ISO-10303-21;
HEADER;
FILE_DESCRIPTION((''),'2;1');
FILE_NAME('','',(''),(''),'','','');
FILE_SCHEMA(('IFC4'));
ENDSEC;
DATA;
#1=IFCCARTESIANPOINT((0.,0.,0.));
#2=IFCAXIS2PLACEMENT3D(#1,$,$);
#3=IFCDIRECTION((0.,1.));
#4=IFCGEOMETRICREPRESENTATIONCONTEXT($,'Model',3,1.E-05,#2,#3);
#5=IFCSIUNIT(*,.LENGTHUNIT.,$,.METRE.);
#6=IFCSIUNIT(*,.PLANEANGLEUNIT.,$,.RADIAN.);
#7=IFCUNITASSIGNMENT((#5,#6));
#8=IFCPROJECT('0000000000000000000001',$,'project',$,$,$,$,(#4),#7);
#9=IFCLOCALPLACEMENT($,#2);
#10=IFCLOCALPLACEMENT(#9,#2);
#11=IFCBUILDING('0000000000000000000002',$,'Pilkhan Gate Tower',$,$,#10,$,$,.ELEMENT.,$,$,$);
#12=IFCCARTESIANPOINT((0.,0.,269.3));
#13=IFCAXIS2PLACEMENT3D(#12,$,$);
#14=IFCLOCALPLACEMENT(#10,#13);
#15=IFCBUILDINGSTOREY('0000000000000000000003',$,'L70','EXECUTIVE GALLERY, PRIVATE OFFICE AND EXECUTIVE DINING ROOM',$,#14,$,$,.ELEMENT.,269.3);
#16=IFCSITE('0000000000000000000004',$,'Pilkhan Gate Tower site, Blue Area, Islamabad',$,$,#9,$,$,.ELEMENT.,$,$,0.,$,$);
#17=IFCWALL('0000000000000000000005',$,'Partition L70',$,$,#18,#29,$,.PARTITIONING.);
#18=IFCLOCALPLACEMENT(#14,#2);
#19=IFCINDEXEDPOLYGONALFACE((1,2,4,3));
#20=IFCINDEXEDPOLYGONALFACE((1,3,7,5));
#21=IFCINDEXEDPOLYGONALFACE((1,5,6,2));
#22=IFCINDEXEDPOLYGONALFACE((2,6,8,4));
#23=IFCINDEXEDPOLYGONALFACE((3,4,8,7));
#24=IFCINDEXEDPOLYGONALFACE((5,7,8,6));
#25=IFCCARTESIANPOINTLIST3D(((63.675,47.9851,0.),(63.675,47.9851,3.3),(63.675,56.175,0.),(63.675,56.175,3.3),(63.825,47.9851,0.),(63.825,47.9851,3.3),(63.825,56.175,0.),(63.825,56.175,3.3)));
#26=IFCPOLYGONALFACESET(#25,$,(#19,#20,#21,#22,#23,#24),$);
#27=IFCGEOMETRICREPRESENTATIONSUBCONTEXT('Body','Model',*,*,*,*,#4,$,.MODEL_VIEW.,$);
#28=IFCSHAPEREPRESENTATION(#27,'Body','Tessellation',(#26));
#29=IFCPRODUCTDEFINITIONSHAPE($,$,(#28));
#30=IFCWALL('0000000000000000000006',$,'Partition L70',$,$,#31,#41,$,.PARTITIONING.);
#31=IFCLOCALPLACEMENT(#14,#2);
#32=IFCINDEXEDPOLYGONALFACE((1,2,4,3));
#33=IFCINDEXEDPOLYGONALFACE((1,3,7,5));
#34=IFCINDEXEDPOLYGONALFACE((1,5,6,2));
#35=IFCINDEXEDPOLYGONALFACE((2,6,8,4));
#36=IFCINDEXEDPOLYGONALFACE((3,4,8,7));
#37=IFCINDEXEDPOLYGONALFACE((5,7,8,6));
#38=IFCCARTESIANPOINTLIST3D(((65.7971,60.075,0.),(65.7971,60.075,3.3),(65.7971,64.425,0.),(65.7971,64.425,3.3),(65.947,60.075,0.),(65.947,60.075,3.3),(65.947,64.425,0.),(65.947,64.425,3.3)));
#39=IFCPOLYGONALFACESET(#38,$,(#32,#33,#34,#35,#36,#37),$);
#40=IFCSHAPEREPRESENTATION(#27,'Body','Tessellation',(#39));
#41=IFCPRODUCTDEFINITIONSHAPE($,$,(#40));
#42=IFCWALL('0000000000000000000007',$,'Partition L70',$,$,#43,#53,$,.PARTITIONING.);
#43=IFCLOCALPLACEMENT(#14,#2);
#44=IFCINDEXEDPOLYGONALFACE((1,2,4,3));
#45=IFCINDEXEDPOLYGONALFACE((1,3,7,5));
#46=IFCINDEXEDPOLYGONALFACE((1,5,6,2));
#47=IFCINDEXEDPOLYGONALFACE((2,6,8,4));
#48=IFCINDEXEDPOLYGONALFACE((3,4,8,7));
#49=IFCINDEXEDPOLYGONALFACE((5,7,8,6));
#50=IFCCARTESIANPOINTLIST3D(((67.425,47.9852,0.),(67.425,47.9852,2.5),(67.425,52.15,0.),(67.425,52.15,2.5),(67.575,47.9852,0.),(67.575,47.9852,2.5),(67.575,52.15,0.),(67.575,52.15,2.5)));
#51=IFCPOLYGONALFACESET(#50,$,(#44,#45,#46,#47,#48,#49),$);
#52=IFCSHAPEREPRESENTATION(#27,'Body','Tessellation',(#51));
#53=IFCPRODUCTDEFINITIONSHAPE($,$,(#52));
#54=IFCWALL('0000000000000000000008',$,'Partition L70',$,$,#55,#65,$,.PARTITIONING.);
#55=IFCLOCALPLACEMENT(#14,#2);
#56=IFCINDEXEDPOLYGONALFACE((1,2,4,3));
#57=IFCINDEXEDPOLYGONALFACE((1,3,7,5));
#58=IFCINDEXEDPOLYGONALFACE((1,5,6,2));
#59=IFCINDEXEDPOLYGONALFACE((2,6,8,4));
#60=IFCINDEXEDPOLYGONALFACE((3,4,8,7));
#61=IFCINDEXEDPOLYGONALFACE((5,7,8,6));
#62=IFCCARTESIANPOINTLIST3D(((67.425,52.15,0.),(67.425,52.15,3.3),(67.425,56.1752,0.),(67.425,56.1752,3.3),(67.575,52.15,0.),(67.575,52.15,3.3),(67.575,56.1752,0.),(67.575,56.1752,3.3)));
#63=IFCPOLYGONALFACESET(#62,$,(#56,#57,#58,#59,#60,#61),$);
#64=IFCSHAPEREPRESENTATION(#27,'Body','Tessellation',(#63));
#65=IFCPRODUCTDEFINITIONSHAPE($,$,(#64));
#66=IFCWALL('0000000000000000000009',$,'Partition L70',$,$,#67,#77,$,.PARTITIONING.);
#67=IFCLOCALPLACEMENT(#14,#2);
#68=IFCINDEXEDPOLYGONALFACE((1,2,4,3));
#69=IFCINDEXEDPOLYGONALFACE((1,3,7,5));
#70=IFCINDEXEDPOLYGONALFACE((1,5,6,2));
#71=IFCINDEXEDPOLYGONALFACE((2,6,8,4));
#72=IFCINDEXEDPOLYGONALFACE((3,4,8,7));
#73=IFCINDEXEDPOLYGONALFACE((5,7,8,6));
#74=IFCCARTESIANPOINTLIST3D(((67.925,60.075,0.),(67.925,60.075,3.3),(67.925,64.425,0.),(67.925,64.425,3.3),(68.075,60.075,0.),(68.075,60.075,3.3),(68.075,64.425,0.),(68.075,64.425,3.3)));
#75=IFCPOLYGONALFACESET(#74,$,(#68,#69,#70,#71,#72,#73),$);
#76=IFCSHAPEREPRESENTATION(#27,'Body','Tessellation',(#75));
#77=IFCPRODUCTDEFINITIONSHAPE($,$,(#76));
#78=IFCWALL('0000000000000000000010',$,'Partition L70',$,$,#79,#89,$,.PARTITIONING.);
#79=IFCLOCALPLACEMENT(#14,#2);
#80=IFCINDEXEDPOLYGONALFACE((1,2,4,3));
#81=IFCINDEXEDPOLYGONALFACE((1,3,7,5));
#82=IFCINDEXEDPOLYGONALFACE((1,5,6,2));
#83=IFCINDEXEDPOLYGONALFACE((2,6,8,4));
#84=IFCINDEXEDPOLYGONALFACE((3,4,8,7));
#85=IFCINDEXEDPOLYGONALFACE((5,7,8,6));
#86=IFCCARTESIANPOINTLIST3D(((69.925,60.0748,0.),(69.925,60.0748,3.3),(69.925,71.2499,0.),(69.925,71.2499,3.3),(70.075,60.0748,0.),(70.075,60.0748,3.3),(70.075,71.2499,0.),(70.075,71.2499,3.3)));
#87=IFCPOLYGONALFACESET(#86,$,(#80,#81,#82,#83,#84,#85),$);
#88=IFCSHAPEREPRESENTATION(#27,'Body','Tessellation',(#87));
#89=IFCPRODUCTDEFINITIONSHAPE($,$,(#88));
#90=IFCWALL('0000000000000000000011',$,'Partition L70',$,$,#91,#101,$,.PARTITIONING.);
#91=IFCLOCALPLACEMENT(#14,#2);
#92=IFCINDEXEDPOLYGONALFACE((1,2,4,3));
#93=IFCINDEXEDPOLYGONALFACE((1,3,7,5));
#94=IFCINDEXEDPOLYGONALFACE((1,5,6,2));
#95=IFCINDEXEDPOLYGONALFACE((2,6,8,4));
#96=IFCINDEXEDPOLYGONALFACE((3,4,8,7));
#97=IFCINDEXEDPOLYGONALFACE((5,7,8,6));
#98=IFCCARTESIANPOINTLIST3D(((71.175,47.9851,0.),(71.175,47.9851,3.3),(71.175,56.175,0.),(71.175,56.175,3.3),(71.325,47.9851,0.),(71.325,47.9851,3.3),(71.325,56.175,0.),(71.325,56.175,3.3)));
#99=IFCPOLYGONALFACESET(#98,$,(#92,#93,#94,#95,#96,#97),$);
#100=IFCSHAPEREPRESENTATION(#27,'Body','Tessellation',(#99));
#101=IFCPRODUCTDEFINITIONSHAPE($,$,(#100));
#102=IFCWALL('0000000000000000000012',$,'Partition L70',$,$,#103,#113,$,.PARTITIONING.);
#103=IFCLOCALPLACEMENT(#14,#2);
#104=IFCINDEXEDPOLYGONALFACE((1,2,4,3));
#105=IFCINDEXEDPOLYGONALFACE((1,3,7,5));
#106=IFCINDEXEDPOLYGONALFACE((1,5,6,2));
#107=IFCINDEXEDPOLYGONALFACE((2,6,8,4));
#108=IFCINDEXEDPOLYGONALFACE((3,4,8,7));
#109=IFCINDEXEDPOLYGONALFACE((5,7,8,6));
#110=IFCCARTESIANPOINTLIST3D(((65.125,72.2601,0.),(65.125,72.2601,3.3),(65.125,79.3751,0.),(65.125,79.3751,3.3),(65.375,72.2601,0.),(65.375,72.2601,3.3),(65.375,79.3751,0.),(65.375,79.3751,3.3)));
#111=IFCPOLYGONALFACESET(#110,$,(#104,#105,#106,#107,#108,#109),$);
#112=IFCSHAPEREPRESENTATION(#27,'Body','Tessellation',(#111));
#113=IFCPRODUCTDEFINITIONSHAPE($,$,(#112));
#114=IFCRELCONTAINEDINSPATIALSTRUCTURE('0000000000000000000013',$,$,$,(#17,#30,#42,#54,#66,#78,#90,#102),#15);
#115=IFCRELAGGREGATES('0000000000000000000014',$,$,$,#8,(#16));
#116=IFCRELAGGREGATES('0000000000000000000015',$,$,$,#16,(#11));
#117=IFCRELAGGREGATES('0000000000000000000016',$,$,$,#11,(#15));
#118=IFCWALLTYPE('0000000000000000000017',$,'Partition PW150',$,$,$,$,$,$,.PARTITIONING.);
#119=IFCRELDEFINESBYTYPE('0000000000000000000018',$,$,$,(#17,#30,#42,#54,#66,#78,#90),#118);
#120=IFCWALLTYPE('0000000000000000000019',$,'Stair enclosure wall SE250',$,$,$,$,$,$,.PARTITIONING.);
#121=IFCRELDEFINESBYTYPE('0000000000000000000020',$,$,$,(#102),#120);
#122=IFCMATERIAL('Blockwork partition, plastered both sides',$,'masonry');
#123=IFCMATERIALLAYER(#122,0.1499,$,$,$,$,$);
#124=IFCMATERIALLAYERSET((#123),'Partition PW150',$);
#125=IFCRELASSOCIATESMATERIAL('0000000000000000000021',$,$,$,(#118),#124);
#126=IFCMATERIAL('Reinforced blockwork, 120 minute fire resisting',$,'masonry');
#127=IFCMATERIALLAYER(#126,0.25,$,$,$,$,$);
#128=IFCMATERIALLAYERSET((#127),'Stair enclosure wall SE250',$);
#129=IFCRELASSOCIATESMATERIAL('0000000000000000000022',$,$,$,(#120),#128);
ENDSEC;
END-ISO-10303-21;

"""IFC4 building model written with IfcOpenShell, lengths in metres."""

from ifc_helpers import new_model, si_unit, direction, frame, frame_2d, origin, place, context, subcontext, project, spatial, rectangle, extrude, material, layer, layer_set, type_object, element, save


model = new_model("IFC4")

# Units and contexts
model_context = context("Model", 3, precision=1e-05, world=origin(), true_north=direction((0.0, 1.0)))
body_context = subcontext(model_context, "Body", "Model", "MODEL_VIEW")
ifc_project = project(units=[si_unit("LENGTHUNIT", "METRE"), si_unit("PLANEANGLEUNIT", "RADIAN")], contexts=[model_context])

# Site, building, storey
site_placement = place(None, origin())
site = spatial("IfcSite", under=ifc_project, at=site_placement, Name="Pilkhan Gate Tower site, Blue Area, Islamabad", CompositionType="ELEMENT", RefElevation=0.0)
building_placement = place(site_placement, origin())
building = spatial("IfcBuilding", under=site, at=building_placement, Name="Pilkhan Gate Tower", CompositionType="ELEMENT")
storey_placement = place(building_placement, frame((0.0, 0.0, 269.3)))
storey = spatial("IfcBuildingStorey", under=building, at=storey_placement, Name="L70", Description="EXECUTIVE GALLERY, PRIVATE OFFICE AND EXECUTIVE DINING ROOM", CompositionType="ELEMENT", Elevation=269.3)

# Shared definitions
ifc_material_1 = material(Name="Blockwork partition, plastered both sides", Category="masonry")
ifc_layer_1 = layer(ifc_material_1, 0.1499)
ifc_layer_set_1 = layer_set([ifc_layer_1], Name="Partition PW150")
wall_type_1 = type_object("IfcWallType", Name="Partition PW150", PredefinedType="PARTITIONING", material=ifc_layer_set_1)

# Walls
wall_1_placement = place(storey_placement, frame((63.75, 47.9851, 0.0), z_axis=(0.0, 0.0, 1.0), x_axis=(0.0, 1.0, 0.0)))
element("IfcWall", 1, at=wall_1_placement, inside=storey, type_object=wall_type_1, Name="Partition L70", PredefinedType="PARTITIONING", context=body_context, shape_type="SweptSolid", body=[
    extrude(rectangle(XDim=8.1899, YDim=0.1499, at=frame_2d((4.095, 0.0))), origin(), (0.0, 0.0, 1.0), 3.3),
])
wall_2_placement = place(storey_placement, frame((65.8721, 60.075, 0.0), z_axis=(0.0, 0.0, 1.0), x_axis=(0.0, 1.0, 0.0)))
element("IfcWall", 2, at=wall_2_placement, inside=storey, type_object=wall_type_1, Name="Partition L70", PredefinedType="PARTITIONING", context=body_context, shape_type="SweptSolid", body=[
    extrude(rectangle(XDim=4.3501, YDim=0.1499, at=frame_2d((2.175, 0.0))), origin(), (0.0, 0.0, 1.0), 3.3),
])
wall_3_placement = place(storey_placement, frame((67.5, 47.9851, 0.0), z_axis=(0.0, 0.0, 1.0), x_axis=(0.0, 1.0, 0.0)))
element("IfcWall", 3, at=wall_3_placement, inside=storey, type_object=wall_type_1, Name="Partition L70", PredefinedType="PARTITIONING", context=body_context, shape_type="SweptSolid", body=[
    extrude(rectangle(XDim=4.1648, YDim=0.1499, at=frame_2d((2.0825, 0.0))), origin(), (0.0, 0.0, 1.0), 2.5),
])
wall_4_placement = place(storey_placement, frame((67.5, 52.1499, 0.0), z_axis=(0.0, 0.0, 1.0), x_axis=(0.0, 1.0, 0.0)))
element("IfcWall", 4, at=wall_4_placement, inside=storey, type_object=wall_type_1, Name="Partition L70", PredefinedType="PARTITIONING", context=body_context, shape_type="SweptSolid", body=[
    extrude(rectangle(XDim=4.0251, YDim=0.1499, at=frame_2d((2.0127, 0.0))), origin(), (0.0, 0.0, 1.0), 3.3),
])
wall_5_placement = place(storey_placement, frame((68.0, 60.075, 0.0), z_axis=(0.0, 0.0, 1.0), x_axis=(0.0, 1.0, 0.0)))
element("IfcWall", 5, at=wall_5_placement, inside=storey, type_object=wall_type_1, Name="Partition L70", PredefinedType="PARTITIONING", context=body_context, shape_type="SweptSolid", body=[
    extrude(rectangle(XDim=4.3501, YDim=0.1499, at=frame_2d((2.175, 0.0))), origin(), (0.0, 0.0, 1.0), 3.3),
])
wall_6_placement = place(storey_placement, frame((70.0, 60.075, 0.0), z_axis=(0.0, 0.0, 1.0), x_axis=(0.0, 1.0, 0.0)))
element("IfcWall", 6, at=wall_6_placement, inside=storey, type_object=wall_type_1, Name="Partition L70", PredefinedType="PARTITIONING", context=body_context, shape_type="SweptSolid", body=[
    extrude(rectangle(XDim=11.175, YDim=0.1499, at=frame_2d((5.5874, 0.0))), origin(), (0.0, 0.0, 1.0), 3.3),
])
wall_7_placement = place(storey_placement, frame((71.25, 47.9851, 0.0), z_axis=(0.0, 0.0, 1.0), x_axis=(0.0, 1.0, 0.0)))
element("IfcWall", 7, at=wall_7_placement, inside=storey, type_object=wall_type_1, Name="Partition L70", PredefinedType="PARTITIONING", context=body_context, shape_type="SweptSolid", body=[
    extrude(rectangle(XDim=8.1899, YDim=0.1499, at=frame_2d((4.095, 0.0))), origin(), (0.0, 0.0, 1.0), 3.3),
])
ifc_material_2 = material(Name="Reinforced blockwork, 120 minute fire resisting", Category="masonry")
ifc_layer_2 = layer(ifc_material_2, 0.25)
ifc_layer_set_2 = layer_set([ifc_layer_2], Name="Stair enclosure wall SE250")
wall_type_2 = type_object("IfcWallType", Name="Stair enclosure wall SE250", PredefinedType="PARTITIONING", material=ifc_layer_set_2)
wall_8_placement = place(storey_placement, frame((65.25, 72.26, 0.0), z_axis=(0.0, 0.0, 1.0), x_axis=(0.0, 1.0, 0.0)))
element("IfcWall", 8, at=wall_8_placement, inside=storey, type_object=wall_type_2, Name="Partition L70", PredefinedType="PARTITIONING", context=body_context, shape_type="SweptSolid", body=[
    extrude(rectangle(XDim=7.115, YDim=0.25, at=frame_2d((3.5576, 0.0))), origin(), (0.0, 0.0, 1.0), 3.3),
])

save(model, "model.ifc")
